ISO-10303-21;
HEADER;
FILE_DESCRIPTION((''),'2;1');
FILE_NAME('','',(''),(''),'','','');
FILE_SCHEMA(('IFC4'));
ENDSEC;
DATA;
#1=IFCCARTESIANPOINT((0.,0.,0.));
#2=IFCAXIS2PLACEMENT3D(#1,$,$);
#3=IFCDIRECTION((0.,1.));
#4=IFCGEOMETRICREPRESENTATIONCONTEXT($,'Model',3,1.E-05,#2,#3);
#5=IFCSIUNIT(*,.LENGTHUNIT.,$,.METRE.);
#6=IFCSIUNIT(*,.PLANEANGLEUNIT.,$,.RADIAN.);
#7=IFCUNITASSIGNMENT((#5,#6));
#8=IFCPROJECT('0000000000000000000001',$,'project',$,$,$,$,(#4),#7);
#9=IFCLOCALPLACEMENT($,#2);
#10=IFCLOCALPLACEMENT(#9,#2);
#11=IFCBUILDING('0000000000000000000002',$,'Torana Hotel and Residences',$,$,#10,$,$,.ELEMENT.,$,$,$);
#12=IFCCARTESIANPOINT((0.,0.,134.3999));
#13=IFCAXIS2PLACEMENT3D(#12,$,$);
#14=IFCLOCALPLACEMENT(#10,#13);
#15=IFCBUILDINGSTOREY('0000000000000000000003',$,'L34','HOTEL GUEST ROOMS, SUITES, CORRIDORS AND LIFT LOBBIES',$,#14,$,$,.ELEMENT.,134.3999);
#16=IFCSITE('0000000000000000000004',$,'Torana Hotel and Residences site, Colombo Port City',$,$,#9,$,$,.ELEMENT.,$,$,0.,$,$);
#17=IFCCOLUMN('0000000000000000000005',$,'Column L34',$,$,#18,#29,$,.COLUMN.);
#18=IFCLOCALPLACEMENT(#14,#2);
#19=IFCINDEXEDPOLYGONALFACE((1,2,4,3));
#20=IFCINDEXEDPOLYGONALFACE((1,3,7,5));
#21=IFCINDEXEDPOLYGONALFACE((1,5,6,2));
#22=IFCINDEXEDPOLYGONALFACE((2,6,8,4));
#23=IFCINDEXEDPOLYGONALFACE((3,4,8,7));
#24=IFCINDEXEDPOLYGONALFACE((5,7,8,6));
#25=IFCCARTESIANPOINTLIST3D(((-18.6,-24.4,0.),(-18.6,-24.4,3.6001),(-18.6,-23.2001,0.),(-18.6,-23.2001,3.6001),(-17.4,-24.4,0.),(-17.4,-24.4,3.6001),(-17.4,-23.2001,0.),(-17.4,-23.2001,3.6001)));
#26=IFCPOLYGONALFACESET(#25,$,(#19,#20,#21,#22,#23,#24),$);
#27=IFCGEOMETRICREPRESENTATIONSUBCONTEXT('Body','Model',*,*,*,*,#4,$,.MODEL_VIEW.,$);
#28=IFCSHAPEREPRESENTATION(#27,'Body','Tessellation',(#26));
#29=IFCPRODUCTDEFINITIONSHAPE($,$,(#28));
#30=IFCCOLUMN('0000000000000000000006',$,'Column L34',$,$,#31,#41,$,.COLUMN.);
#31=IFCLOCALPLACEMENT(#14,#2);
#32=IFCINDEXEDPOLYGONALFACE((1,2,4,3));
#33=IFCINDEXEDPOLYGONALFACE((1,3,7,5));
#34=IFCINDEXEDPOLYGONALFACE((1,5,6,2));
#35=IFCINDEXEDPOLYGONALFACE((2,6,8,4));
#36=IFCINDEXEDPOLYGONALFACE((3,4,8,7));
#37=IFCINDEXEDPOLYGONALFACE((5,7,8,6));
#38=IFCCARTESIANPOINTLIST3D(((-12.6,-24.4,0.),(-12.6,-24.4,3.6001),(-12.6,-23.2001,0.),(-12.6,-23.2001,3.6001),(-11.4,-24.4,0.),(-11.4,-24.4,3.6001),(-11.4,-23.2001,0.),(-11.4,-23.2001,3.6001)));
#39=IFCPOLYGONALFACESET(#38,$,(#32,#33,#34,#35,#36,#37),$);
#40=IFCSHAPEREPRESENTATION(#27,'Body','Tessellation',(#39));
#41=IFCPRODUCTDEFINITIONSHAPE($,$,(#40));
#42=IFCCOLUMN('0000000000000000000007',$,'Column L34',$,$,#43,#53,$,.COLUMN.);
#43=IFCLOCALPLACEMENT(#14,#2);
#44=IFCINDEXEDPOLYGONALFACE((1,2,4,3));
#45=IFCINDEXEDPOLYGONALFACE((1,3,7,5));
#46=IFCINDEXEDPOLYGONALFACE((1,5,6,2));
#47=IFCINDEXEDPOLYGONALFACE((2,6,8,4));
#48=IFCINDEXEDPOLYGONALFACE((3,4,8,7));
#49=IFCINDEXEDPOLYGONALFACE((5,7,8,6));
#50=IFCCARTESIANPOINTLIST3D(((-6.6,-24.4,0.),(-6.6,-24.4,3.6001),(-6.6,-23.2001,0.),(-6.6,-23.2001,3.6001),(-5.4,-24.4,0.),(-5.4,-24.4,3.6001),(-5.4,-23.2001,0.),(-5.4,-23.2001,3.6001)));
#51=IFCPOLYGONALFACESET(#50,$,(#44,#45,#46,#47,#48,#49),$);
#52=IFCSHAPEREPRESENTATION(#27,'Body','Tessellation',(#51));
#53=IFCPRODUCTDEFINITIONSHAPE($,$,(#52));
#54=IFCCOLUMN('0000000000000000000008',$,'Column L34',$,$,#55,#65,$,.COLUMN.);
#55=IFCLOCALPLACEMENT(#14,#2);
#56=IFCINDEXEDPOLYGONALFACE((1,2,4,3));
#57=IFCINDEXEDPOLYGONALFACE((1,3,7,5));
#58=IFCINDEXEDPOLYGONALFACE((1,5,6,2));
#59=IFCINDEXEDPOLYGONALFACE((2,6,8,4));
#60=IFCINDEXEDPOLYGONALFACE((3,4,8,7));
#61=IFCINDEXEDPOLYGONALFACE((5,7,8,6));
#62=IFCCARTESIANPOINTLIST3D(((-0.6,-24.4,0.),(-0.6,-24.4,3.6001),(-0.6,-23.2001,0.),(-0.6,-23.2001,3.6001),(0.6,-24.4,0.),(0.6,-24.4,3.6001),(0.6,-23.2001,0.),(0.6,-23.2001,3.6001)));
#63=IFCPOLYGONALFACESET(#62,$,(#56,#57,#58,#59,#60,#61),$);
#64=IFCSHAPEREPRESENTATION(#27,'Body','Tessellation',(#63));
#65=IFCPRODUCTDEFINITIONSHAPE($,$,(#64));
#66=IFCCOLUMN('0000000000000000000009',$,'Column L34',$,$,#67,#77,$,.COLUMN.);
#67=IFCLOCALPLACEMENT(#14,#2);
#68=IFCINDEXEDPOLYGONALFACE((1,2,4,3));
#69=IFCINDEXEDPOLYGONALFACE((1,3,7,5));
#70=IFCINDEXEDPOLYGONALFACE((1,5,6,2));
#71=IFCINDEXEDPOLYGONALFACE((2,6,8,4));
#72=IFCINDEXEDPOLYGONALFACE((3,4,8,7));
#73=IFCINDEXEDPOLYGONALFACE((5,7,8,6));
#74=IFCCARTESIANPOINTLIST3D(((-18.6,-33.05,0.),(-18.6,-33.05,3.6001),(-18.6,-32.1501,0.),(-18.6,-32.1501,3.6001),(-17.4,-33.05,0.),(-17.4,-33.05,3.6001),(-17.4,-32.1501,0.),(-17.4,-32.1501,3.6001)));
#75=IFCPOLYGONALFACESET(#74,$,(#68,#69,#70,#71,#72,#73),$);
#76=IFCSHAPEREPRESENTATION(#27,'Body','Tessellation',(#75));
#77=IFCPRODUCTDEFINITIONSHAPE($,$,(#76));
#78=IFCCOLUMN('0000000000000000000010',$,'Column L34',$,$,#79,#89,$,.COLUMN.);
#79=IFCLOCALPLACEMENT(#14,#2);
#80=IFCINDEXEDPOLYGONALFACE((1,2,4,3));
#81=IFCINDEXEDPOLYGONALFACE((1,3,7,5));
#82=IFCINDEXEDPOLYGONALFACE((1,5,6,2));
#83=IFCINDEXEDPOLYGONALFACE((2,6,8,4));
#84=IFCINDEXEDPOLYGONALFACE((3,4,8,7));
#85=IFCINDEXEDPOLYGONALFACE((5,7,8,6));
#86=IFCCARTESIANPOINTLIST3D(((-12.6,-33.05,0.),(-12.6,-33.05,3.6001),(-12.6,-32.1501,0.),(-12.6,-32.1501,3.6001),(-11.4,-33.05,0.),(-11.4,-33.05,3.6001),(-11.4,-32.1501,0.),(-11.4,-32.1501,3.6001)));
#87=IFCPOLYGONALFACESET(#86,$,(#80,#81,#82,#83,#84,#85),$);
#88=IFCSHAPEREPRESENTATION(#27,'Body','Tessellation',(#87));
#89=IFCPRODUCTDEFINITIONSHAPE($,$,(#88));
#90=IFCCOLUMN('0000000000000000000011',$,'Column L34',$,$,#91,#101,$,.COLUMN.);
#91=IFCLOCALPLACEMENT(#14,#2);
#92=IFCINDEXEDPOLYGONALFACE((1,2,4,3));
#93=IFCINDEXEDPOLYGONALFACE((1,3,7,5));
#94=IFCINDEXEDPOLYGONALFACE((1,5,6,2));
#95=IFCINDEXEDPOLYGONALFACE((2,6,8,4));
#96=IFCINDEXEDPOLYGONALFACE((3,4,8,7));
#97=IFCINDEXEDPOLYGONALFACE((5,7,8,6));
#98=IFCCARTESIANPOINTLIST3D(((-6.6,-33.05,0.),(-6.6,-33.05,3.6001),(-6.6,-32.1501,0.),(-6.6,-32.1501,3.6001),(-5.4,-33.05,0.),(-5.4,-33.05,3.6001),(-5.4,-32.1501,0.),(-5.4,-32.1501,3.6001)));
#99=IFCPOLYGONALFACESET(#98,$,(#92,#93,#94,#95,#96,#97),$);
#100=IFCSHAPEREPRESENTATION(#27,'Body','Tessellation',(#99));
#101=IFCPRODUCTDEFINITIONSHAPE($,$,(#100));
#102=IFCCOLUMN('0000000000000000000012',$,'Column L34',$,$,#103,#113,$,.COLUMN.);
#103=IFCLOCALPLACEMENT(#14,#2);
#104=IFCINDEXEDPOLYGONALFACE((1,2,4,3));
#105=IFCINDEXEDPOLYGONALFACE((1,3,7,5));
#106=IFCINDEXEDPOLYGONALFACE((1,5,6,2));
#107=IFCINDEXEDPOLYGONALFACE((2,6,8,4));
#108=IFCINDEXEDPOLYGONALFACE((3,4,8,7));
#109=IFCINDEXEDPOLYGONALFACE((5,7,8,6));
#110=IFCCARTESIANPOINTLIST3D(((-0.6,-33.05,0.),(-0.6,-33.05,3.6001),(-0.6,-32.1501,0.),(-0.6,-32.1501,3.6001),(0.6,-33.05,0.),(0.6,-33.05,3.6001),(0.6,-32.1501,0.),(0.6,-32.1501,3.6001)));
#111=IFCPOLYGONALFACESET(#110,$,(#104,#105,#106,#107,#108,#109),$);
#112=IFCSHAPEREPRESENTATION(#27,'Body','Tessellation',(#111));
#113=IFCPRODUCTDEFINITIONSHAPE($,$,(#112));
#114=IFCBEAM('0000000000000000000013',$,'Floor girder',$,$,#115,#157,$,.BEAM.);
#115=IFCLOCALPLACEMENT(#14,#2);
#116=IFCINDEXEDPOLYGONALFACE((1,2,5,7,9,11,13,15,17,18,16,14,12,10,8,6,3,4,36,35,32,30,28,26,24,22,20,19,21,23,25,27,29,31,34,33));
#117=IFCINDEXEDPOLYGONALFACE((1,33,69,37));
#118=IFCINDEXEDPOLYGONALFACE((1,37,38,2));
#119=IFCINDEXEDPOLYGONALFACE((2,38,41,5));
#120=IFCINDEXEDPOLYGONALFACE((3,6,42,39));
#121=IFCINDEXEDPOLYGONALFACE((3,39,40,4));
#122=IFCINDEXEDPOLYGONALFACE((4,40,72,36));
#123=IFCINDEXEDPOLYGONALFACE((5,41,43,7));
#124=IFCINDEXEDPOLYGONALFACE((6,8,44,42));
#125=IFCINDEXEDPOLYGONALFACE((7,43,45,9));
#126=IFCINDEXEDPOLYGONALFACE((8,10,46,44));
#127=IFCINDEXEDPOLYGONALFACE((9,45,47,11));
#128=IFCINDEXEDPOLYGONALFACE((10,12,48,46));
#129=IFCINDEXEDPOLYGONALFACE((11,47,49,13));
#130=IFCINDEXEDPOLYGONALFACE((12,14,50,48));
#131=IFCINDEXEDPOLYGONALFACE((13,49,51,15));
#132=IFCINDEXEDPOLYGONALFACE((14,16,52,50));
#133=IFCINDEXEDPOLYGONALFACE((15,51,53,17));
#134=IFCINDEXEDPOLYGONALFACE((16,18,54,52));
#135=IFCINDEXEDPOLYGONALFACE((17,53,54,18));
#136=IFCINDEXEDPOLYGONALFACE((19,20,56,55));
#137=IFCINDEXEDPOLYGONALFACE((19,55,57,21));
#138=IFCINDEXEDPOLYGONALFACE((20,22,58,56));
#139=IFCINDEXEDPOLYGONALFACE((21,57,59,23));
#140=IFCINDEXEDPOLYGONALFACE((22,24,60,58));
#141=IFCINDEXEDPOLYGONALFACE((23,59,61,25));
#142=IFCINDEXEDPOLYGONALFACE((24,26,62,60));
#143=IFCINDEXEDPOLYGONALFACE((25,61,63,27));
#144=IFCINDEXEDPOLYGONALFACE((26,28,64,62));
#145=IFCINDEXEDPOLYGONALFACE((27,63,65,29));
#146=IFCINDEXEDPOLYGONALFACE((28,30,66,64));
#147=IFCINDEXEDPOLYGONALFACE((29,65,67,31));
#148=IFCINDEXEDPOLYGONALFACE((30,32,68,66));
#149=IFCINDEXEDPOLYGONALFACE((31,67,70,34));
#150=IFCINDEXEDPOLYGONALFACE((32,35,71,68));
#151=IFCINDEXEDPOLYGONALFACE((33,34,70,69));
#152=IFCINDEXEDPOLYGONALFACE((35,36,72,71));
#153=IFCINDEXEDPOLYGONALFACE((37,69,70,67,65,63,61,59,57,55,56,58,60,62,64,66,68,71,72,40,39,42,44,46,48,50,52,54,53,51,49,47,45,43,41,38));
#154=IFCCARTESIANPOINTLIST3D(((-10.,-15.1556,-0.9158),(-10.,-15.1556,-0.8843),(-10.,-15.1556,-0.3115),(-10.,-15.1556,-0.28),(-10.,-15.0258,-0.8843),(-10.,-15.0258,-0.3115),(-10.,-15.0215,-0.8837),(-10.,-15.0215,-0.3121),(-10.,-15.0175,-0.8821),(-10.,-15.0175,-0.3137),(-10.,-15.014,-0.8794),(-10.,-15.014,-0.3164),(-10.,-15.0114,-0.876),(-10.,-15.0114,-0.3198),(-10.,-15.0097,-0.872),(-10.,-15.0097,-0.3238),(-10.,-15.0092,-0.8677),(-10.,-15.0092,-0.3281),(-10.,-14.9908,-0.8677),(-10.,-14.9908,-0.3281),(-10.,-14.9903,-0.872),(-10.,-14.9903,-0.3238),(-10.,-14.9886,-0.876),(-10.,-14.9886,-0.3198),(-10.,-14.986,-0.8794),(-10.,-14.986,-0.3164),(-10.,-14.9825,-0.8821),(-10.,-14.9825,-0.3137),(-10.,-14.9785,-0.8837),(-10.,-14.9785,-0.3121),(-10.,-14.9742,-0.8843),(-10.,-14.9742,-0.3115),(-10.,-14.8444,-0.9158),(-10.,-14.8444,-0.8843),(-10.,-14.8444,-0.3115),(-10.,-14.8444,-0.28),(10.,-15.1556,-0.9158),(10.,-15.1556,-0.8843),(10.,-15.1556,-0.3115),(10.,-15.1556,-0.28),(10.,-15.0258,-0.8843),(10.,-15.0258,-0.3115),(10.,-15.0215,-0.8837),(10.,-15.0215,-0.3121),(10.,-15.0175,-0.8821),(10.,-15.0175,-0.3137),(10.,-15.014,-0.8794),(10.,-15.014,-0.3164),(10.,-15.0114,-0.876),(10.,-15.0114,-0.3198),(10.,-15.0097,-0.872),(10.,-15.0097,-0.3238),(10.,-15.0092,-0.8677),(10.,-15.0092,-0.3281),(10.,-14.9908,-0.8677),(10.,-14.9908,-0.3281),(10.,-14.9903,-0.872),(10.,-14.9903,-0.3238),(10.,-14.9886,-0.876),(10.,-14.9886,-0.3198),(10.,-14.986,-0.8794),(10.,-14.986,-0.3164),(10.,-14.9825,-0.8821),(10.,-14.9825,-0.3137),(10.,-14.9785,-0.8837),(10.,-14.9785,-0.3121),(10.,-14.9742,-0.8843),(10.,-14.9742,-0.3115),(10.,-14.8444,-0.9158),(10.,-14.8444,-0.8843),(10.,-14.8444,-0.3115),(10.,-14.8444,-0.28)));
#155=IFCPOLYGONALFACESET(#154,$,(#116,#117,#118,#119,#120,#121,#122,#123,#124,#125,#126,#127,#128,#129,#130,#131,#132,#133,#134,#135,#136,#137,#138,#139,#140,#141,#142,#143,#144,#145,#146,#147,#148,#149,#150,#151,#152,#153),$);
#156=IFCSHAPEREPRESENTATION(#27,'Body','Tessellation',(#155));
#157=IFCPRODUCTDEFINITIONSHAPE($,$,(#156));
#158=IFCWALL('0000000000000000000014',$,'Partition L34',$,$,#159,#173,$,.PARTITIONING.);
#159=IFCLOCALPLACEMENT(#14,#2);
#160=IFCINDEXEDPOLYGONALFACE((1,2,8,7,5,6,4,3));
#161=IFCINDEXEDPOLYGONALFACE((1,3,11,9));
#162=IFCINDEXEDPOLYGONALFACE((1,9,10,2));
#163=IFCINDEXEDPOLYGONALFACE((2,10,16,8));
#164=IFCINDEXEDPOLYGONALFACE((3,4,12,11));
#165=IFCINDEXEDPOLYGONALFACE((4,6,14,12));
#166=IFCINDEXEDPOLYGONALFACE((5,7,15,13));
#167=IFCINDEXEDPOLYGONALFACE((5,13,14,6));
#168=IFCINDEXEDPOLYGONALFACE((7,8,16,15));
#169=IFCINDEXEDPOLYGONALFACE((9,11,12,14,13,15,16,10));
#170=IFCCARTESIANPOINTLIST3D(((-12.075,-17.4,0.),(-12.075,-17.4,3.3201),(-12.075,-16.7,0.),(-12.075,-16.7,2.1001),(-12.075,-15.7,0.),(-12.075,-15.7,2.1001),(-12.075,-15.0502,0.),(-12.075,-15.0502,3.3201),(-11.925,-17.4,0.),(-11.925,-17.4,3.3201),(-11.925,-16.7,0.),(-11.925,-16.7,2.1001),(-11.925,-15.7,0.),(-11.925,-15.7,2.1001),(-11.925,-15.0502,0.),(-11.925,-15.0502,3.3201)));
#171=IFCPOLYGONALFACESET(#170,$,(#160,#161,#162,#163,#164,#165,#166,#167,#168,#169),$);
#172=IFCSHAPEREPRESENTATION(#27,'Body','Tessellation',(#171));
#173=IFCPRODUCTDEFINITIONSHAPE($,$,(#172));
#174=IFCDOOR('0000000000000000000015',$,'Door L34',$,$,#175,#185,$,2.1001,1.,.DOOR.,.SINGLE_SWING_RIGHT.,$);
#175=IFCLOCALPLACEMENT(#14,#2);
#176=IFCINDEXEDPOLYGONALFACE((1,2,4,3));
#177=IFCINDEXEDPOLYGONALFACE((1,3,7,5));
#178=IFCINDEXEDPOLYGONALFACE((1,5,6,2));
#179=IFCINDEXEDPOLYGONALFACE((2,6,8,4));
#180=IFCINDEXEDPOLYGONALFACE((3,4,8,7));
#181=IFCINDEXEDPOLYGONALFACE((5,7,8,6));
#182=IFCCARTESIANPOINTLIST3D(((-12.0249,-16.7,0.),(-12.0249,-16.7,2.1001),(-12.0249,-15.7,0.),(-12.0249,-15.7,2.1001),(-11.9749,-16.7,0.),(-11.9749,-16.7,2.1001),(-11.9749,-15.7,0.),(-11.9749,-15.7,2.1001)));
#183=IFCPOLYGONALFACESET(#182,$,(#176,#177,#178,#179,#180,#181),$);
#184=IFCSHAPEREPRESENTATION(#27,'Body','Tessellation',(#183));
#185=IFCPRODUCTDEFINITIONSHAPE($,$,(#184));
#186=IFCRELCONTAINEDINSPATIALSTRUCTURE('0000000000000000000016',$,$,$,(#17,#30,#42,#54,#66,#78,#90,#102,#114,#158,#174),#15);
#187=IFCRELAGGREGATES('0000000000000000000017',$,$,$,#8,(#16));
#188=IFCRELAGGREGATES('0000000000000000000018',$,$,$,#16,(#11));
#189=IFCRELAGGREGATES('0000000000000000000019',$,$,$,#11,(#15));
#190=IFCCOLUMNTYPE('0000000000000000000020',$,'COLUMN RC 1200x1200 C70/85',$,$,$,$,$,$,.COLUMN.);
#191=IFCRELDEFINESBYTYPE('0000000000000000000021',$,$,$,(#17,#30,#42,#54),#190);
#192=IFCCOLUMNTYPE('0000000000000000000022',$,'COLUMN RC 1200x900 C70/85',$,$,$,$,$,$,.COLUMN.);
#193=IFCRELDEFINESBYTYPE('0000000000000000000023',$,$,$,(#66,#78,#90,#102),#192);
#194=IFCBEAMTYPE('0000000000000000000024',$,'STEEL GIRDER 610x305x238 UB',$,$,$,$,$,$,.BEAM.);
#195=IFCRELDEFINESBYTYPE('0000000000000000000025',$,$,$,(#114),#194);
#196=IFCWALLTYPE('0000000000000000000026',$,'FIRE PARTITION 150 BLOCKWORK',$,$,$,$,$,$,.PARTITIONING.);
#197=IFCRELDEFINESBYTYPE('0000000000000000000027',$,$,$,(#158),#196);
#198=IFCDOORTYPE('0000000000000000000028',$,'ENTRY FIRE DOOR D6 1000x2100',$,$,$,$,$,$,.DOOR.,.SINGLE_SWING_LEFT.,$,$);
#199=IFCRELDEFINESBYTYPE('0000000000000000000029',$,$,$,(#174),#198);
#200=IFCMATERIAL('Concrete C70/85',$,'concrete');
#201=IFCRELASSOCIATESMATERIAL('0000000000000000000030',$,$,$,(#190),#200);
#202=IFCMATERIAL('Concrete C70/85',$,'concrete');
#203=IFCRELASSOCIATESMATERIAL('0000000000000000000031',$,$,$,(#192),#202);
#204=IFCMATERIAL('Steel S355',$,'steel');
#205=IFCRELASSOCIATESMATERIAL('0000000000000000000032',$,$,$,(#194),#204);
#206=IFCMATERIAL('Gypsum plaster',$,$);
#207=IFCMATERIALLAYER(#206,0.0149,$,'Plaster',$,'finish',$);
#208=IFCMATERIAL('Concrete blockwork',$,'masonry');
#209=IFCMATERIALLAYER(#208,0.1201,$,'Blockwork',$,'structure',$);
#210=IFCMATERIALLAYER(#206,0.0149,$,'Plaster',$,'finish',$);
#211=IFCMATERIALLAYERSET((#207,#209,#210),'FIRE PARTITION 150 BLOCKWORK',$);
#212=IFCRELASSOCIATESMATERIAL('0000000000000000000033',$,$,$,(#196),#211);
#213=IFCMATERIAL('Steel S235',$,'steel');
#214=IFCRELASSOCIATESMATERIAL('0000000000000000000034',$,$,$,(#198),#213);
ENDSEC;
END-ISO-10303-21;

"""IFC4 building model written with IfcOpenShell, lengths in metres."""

from ifc_helpers import new_model, si_unit, direction, frame, frame_2d, origin, origin_2d, place, context, subcontext, project, spatial, rectangle, i_section, extrude, material, layer, layer_set, material_profile, profile_set, type_object, element, fill, save


model = new_model("IFC4")

# Units and contexts
model_context = context("Model", 3, precision=1e-05, world=origin(), true_north=direction((0.0, 1.0)))
body_context = subcontext(model_context, "Body", "Model", "MODEL_VIEW")
ifc_project = project(units=[si_unit("LENGTHUNIT", "METRE"), si_unit("PLANEANGLEUNIT", "RADIAN")], contexts=[model_context])

# Site, building, storey
site_placement = place(None, origin())
site = spatial("IfcSite", under=ifc_project, at=site_placement, Name="Torana Hotel and Residences site, Colombo Port City", CompositionType="ELEMENT", RefElevation=0.0)
building_placement = place(site_placement, origin())
building = spatial("IfcBuilding", under=site, at=building_placement, Name="Torana Hotel and Residences", CompositionType="ELEMENT")
storey_placement = place(building_placement, frame((0.0, 0.0, 134.3999)))
storey = spatial("IfcBuildingStorey", under=building, at=storey_placement, Name="L34", Description="HOTEL GUEST ROOMS, SUITES, CORRIDORS AND LIFT LOBBIES", CompositionType="ELEMENT", Elevation=134.3999)

# Columns
ifc_material_1 = material(Name="Concrete C70/85", Category="concrete")
ifc_material_profile_1 = material_profile(ifc_material_1, rectangle(XDim=1.2, YDim=1.2, at=origin_2d()), Name="RC 1200x1200")
ifc_profile_set_1 = profile_set([ifc_material_profile_1], Name="Concrete C70/85")
column_type_1 = type_object("IfcColumnType", Name="COLUMN RC 1200x1200 C70/85", PredefinedType="COLUMN", material=ifc_profile_set_1)
for number, where, z_axis, x_axis, name in (
    (1, (-18.0, -23.8, 0.0), (0.0, 0.0, 1.0), (1.0, 0.0, 0.0), "Column L34"),
    (2, (-12.0, -23.8, 0.0), (0.0, 0.0, 1.0), (1.0, 0.0, 0.0), "Column L34"),
    (3, (-6.0, -23.8, 0.0), (0.0, 0.0, 1.0), (1.0, 0.0, 0.0), "Column L34"),
    (4, (0.0, -23.8, 0.0), (0.0, 0.0, 1.0), (1.0, 0.0, 0.0), "Column L34"),
):
    element("IfcColumn", number, at=place(storey_placement, frame(where, z_axis=z_axis, x_axis=x_axis)), inside=storey, type_object=column_type_1, Name=name, PredefinedType="COLUMN", context=body_context, shape_type="SweptSolid", body=[
        extrude(rectangle(XDim=1.2, YDim=1.2, at=origin_2d()), origin(), (0.0, 0.0, 1.0), 3.6001),
    ])
ifc_material_2 = material(Name="Concrete C70/85", Category="concrete")
ifc_material_profile_2 = material_profile(ifc_material_2, rectangle(XDim=1.2, YDim=0.8999, at=origin_2d()), Name="RC 1200x900")
ifc_profile_set_2 = profile_set([ifc_material_profile_2], Name="Concrete C70/85")
column_type_2 = type_object("IfcColumnType", Name="COLUMN RC 1200x900 C70/85", PredefinedType="COLUMN", material=ifc_profile_set_2)
for number, where, z_axis, x_axis, name in (
    (5, (-18.0, -32.6001, 0.0), (0.0, 0.0, 1.0), (1.0, 0.0, 0.0), "Column L34"),
    (6, (-12.0, -32.6001, 0.0), (0.0, 0.0, 1.0), (1.0, 0.0, 0.0), "Column L34"),
    (7, (-6.0, -32.6001, 0.0), (0.0, 0.0, 1.0), (1.0, 0.0, 0.0), "Column L34"),
    (8, (0.0, -32.6001, 0.0), (0.0, 0.0, 1.0), (1.0, 0.0, 0.0), "Column L34"),
):
    element("IfcColumn", number, at=place(storey_placement, frame(where, z_axis=z_axis, x_axis=x_axis)), inside=storey, type_object=column_type_2, Name=name, PredefinedType="COLUMN", context=body_context, shape_type="SweptSolid", body=[
        extrude(rectangle(XDim=1.2, YDim=0.8999, at=origin_2d()), origin(), (0.0, 0.0, 1.0), 3.6001),
    ])

# Beam
ifc_material_3 = material(Name="Steel S355", Category="steel")
ifc_material_profile_3 = material_profile(ifc_material_3, i_section(OverallWidth=0.3113, OverallDepth=0.6357, WebThickness=0.0183, FlangeThickness=0.0315, FilletRadius=0.0166, at=origin_2d()), Name="610x305x238 UB")
ifc_profile_set_3 = profile_set([ifc_material_profile_3], Name="Steel S355")
beam_type = type_object("IfcBeamType", Name="STEEL GIRDER 610x305x238 UB", PredefinedType="BEAM", material=ifc_profile_set_3)
beam_placement = place(storey_placement, frame((-10.0, -15.0, -0.5979), z_axis=(1.0, 0.0, 0.0), x_axis=(0.0, 1.0, 0.0)))
element("IfcBeam", 9, at=beam_placement, inside=storey, type_object=beam_type, Name="Floor girder", PredefinedType="BEAM", context=body_context, shape_type="SweptSolid", body=[
    extrude(i_section(OverallWidth=0.3113, OverallDepth=0.6357, WebThickness=0.0183, FlangeThickness=0.0315, FilletRadius=0.0166, at=origin_2d()), origin(), (0.0, 0.0, 1.0), 20.0),
])

# Wall, opening, door
ifc_material_4 = material(Name="Gypsum plaster")
ifc_layer_1 = layer(ifc_material_4, 0.0149, Name="Plaster", Category="finish")
ifc_material_5 = material(Name="Concrete blockwork", Category="masonry")
ifc_layer_2 = layer(ifc_material_5, 0.1201, Name="Blockwork", Category="structure")
ifc_layer_3 = layer(ifc_material_4, 0.0149, Name="Plaster", Category="finish")
ifc_layer_set_1 = layer_set([ifc_layer_1, ifc_layer_2, ifc_layer_3], Name="FIRE PARTITION 150 BLOCKWORK")
wall_type_1 = type_object("IfcWallType", Name="FIRE PARTITION 150 BLOCKWORK", PredefinedType="PARTITIONING", material=ifc_layer_set_1)
wall_1_placement = place(storey_placement, frame((-12.0, -17.3999, 0.0), z_axis=(0.0, 0.0, 1.0), x_axis=(0.0, 1.0, 0.0)))
wall_1 = element("IfcWall", 10, at=wall_1_placement, inside=storey, type_object=wall_type_1, Name="Partition L34", PredefinedType="PARTITIONING", context=body_context, shape_type="SweptSolid", body=[
    extrude(rectangle(XDim=2.3499, YDim=0.1499, at=frame_2d((1.1748, 0.0))), origin(), (0.0, 0.0, 1.0), 3.3201),
])
opening_1_placement = place(wall_1_placement, frame((0.7, 0.0, 0.0)))
opening_1 = element("IfcOpeningElement", 11, at=opening_1_placement, cuts=wall_1, PredefinedType="OPENING", context=body_context, shape_type="SweptSolid", body=[
    extrude(rectangle(XDim=1.0, YDim=2.1001, at=frame_2d((0.5, 1.05))), frame((0.0, 0.085, 0.0), z_axis=(0.0, -1.0, 0.0), x_axis=(1.0, 0.0, 0.0)), (0.0, 0.0, 1.0), 0.1699),
])
ifc_material_6 = material(Name="Steel S235", Category="steel")
door_type_1 = type_object("IfcDoorType", Name="ENTRY FIRE DOOR D6 1000x2100", OperationType="SINGLE_SWING_LEFT", PredefinedType="DOOR", material=ifc_material_6)
door_1_placement = place(opening_1_placement, origin())
door_1 = element("IfcDoor", 12, at=door_1_placement, inside=storey, type_object=door_type_1, Name="Door L34", OperationType="SINGLE_SWING_RIGHT", OverallHeight=2.1001, OverallWidth=1.0, PredefinedType="DOOR", context=body_context, shape_type="SweptSolid", body=[
    extrude(rectangle(XDim=1.0, YDim=2.1001, at=frame_2d((0.5, 1.05))), frame((0.0, 0.0249, 0.0), z_axis=(0.0, -1.0, 0.0), x_axis=(1.0, 0.0, 0.0)), (0.0, 0.0, 1.0), 0.05),
])
fill(opening_1, door_1)

save(model, "model.ifc")
